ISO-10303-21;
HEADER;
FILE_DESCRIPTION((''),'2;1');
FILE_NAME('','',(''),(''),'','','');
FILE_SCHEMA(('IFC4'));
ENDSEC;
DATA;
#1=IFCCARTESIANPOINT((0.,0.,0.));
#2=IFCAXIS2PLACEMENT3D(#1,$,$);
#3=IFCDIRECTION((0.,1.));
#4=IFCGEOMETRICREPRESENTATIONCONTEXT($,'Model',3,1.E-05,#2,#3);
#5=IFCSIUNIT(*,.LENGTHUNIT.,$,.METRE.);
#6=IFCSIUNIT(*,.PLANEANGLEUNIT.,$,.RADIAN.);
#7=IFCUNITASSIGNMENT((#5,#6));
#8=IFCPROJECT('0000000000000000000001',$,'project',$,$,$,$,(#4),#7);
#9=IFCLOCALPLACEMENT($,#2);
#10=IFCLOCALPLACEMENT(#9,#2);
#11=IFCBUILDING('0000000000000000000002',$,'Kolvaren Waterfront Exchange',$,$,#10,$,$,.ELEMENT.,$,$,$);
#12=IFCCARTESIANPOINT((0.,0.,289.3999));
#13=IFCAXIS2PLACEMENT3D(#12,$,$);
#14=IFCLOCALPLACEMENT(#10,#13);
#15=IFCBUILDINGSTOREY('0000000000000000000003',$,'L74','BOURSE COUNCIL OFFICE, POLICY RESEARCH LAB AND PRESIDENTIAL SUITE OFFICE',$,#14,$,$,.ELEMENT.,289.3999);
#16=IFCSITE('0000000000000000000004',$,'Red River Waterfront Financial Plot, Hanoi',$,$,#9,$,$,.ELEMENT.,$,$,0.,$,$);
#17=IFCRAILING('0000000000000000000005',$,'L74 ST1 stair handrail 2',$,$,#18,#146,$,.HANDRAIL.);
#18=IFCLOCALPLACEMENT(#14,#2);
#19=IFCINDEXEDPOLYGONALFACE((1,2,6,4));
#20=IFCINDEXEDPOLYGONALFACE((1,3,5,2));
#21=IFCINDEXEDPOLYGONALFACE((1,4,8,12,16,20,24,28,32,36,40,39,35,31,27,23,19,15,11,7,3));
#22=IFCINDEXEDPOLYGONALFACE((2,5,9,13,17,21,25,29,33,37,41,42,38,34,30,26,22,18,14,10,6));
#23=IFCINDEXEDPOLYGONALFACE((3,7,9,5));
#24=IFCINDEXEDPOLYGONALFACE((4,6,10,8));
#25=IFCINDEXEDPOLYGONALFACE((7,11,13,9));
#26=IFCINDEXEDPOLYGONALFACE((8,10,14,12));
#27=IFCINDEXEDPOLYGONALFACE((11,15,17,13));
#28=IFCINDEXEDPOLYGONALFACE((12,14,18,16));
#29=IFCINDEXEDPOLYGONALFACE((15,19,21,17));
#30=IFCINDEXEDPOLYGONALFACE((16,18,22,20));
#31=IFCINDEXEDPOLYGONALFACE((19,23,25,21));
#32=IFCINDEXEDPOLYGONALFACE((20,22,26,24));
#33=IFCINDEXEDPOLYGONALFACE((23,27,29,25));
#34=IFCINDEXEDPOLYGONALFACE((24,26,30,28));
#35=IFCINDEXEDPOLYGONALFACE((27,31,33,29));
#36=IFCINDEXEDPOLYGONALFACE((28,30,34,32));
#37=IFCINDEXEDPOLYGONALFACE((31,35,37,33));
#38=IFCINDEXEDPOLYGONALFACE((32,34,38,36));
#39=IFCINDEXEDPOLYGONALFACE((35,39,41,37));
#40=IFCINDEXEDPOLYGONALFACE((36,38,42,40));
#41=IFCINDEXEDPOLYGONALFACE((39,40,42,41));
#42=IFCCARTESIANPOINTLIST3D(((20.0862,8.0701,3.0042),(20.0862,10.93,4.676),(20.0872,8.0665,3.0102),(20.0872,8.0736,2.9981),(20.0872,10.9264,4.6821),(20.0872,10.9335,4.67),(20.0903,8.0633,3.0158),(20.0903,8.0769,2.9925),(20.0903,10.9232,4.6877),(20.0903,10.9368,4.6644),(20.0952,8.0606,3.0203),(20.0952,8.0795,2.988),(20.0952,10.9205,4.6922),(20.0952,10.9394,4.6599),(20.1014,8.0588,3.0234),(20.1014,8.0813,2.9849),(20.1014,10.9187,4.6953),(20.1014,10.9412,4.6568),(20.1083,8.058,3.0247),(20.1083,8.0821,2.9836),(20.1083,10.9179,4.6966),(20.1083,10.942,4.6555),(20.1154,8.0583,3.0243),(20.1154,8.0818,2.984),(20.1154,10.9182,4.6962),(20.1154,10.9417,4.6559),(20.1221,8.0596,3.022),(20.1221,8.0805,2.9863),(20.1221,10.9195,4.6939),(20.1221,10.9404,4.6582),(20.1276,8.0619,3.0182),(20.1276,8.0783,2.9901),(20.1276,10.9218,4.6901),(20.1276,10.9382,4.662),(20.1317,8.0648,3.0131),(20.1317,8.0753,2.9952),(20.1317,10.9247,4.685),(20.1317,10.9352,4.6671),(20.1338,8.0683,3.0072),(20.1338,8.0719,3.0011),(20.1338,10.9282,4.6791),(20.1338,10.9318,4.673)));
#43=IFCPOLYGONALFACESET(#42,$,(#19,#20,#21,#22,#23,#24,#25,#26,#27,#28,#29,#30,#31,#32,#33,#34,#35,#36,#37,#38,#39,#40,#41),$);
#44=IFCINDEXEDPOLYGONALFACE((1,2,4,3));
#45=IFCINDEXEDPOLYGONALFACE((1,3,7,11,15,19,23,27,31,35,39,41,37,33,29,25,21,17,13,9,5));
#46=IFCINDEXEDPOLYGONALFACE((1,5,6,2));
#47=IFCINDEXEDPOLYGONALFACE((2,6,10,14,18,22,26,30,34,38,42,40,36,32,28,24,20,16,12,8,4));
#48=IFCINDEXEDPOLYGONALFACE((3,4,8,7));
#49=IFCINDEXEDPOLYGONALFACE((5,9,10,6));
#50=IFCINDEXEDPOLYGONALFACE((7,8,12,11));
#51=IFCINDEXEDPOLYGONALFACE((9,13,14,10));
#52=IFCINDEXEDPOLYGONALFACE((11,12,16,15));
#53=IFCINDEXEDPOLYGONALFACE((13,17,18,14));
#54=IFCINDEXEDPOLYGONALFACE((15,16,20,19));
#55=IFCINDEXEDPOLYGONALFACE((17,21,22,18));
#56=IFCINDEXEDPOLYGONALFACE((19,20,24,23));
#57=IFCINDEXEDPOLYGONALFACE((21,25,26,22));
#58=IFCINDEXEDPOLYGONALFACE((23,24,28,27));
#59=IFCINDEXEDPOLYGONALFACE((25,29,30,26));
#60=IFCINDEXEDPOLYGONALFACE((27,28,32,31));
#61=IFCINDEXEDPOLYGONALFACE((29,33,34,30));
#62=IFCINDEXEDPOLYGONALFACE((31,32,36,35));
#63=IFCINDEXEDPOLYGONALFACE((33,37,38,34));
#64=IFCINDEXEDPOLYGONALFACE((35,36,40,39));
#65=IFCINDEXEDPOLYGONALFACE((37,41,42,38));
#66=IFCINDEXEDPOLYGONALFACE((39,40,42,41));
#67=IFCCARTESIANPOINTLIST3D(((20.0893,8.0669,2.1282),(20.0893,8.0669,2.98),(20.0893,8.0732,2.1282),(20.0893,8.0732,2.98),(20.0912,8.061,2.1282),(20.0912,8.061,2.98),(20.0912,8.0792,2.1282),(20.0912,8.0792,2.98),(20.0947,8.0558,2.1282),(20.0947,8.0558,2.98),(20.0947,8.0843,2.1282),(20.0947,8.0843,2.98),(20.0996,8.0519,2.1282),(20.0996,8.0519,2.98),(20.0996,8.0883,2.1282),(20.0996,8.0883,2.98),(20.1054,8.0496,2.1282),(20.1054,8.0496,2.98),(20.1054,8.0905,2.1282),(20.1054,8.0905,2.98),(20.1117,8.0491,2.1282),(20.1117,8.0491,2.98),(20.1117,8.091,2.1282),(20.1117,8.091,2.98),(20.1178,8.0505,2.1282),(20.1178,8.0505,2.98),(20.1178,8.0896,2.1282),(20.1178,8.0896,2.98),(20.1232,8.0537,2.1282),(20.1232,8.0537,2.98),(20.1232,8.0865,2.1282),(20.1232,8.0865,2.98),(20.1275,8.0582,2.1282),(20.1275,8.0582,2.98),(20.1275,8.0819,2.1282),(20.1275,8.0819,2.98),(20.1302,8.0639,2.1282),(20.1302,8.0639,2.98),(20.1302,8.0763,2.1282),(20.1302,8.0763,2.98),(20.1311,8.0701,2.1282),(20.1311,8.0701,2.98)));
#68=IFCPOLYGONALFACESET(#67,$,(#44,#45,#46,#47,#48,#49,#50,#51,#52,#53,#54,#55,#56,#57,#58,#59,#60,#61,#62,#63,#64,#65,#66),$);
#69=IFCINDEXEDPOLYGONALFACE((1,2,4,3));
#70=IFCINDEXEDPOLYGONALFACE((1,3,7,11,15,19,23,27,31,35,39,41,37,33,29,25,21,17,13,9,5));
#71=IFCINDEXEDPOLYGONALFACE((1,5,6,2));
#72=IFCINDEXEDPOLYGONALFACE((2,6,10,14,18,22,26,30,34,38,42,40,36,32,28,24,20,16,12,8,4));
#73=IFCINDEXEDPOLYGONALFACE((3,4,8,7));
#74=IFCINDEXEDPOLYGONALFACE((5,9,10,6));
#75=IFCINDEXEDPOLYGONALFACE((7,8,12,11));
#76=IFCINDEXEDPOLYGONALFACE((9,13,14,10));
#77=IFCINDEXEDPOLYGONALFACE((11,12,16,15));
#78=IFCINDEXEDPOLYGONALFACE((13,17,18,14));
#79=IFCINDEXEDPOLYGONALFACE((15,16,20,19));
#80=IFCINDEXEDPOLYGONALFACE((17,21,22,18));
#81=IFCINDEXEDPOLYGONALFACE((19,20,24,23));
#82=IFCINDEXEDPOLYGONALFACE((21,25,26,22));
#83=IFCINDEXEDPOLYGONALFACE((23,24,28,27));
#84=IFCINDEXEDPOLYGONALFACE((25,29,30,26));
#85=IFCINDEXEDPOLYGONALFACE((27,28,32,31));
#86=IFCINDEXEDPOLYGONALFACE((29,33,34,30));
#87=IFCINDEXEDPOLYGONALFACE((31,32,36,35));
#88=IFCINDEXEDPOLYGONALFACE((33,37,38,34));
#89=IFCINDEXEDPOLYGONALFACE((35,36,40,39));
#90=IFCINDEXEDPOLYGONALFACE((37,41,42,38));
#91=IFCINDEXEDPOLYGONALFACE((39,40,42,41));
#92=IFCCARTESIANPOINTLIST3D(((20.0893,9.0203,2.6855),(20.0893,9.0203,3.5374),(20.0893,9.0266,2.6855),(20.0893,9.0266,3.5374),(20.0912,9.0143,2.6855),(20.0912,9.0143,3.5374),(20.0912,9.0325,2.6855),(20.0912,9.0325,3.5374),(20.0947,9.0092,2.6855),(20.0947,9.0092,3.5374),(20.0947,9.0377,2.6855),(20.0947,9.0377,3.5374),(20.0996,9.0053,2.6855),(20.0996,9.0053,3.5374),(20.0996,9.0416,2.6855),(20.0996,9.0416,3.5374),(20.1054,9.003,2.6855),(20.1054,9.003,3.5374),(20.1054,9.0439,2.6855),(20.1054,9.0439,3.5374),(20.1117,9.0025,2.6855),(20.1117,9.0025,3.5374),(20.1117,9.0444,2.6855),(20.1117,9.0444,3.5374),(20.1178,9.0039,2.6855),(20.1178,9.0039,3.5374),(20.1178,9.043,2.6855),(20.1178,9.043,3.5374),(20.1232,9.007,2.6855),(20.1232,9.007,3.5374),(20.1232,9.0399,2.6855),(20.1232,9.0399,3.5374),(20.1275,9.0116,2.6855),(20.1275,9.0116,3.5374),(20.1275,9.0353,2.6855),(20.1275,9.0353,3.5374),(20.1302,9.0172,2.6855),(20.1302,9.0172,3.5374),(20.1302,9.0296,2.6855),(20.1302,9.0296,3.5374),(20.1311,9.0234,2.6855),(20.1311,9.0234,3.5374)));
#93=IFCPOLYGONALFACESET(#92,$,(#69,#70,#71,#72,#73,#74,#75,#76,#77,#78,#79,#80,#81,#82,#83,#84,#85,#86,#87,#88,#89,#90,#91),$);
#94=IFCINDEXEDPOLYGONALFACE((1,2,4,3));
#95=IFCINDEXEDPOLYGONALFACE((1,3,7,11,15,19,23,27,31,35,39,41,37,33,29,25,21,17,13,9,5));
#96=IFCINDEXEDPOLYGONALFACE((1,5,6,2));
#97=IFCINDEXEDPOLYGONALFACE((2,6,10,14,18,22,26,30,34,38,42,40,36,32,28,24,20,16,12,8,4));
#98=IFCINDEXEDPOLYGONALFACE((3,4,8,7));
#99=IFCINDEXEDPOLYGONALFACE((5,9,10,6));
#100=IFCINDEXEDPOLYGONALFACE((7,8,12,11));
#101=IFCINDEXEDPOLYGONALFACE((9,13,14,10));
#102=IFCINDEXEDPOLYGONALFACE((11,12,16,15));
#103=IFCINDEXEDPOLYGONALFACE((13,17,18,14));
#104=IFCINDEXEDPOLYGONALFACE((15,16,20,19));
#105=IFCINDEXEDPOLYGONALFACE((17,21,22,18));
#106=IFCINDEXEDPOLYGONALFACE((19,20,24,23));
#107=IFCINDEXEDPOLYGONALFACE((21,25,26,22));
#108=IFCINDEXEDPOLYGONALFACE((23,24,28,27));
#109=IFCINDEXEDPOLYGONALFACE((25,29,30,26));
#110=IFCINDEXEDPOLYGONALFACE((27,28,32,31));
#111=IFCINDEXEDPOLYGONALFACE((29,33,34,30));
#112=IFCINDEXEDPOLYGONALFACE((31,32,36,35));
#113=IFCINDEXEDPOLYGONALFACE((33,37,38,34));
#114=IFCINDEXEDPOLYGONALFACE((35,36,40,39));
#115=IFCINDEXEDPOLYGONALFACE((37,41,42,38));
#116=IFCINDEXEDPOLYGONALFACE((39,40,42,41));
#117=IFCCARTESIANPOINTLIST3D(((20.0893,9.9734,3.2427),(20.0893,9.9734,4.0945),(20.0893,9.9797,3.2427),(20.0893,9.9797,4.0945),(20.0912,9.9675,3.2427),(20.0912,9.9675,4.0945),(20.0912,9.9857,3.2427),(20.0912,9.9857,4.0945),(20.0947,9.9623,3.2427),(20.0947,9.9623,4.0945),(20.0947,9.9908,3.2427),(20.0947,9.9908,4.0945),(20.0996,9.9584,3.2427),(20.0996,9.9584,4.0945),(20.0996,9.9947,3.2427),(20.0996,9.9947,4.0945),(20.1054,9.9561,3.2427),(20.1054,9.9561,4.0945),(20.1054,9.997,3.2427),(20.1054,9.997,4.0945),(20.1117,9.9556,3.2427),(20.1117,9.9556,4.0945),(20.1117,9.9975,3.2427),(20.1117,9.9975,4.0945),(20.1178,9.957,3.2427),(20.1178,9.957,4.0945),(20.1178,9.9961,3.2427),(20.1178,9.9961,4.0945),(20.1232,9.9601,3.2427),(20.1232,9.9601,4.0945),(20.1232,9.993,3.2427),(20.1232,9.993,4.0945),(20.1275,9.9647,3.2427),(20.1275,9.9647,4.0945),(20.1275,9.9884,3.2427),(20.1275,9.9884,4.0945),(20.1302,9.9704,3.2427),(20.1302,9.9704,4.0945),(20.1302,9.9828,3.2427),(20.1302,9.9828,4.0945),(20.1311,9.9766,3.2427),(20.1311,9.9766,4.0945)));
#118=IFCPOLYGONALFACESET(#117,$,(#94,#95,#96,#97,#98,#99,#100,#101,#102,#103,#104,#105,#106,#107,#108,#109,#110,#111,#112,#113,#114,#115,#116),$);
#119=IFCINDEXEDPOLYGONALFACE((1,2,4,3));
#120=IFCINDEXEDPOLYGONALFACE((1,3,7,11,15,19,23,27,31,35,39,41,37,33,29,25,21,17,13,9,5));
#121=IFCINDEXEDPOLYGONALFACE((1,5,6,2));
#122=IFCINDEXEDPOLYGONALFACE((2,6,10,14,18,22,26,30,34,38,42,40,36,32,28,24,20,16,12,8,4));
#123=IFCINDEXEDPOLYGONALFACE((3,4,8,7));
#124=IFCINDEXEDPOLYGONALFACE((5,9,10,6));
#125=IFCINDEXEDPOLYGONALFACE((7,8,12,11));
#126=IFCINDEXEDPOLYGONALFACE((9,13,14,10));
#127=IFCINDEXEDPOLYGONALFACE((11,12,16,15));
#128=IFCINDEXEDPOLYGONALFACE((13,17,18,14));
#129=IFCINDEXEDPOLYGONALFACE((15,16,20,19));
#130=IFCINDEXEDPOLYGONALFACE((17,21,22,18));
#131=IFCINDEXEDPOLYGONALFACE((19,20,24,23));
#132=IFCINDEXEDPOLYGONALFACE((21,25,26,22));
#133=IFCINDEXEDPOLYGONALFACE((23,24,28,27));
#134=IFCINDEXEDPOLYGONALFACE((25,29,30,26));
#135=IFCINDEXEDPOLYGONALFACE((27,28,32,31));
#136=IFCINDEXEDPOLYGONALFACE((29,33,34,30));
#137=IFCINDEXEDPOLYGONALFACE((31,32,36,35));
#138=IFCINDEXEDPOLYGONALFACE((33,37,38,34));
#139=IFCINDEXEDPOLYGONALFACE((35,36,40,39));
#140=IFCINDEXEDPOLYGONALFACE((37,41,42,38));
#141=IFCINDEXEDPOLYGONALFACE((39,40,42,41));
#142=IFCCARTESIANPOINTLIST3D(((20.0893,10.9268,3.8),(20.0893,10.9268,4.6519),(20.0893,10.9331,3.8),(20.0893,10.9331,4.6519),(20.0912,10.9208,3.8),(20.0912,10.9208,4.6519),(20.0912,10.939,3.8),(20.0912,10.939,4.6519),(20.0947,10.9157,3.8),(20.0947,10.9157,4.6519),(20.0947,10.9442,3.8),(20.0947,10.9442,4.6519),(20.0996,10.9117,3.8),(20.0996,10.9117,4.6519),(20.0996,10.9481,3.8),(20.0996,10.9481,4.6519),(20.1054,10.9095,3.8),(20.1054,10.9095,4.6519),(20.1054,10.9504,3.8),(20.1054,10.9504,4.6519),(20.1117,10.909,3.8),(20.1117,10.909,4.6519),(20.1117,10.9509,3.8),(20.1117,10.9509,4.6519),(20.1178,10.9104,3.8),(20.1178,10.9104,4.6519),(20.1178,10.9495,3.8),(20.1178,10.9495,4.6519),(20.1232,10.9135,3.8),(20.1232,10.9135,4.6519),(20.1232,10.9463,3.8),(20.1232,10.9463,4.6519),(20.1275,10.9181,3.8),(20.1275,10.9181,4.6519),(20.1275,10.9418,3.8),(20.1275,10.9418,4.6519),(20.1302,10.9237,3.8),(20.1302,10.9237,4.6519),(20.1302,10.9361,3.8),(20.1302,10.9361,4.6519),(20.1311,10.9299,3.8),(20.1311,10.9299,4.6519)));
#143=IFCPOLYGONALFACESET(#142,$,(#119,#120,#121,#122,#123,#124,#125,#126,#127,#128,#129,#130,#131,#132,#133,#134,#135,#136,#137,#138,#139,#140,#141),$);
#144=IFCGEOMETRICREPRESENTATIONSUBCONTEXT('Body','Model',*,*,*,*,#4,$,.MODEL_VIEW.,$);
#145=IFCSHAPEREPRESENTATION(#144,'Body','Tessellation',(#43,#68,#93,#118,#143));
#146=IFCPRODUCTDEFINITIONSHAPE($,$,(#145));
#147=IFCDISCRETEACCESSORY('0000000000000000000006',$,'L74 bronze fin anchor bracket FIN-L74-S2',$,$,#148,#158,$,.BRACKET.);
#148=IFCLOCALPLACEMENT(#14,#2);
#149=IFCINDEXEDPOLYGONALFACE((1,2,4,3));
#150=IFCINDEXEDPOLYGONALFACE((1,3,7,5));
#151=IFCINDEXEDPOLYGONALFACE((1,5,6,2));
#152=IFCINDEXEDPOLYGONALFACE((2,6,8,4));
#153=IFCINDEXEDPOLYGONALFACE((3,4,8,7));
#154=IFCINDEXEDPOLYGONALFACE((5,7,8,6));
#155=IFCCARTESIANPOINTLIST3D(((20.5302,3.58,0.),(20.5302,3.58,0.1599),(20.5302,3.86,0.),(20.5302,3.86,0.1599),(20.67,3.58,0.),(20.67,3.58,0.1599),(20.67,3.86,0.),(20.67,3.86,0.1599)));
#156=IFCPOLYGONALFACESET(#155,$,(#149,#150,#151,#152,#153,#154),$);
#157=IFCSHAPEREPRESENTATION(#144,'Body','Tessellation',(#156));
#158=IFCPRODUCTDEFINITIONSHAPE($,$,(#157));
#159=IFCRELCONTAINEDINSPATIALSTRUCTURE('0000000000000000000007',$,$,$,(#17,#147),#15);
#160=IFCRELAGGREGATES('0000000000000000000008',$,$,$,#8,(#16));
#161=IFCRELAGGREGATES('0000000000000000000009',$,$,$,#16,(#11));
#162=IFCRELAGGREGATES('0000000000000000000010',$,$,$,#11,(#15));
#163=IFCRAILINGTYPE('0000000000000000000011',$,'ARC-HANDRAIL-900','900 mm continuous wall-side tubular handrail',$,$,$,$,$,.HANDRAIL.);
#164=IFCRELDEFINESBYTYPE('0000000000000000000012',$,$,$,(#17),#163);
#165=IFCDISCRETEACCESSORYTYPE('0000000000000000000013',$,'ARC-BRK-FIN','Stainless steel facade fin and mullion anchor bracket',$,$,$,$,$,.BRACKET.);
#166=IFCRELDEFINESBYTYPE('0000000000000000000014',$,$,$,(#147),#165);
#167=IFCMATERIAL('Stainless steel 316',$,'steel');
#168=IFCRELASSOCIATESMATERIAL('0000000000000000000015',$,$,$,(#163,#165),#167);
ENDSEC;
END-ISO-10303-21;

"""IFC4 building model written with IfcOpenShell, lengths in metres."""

from ifc_helpers import new_model, si_unit, direction, frame, origin, origin_with_axes, origin_2d, place, context, subcontext, project, spatial, rectangle, circle, extrude, source, transform, mapped, material, type_object, element, save


model = new_model("IFC4")

# Units and contexts
model_context = context("Model", 3, precision=1e-05, world=origin(), true_north=direction((0.0, 1.0)))
body_context = subcontext(model_context, "Body", "Model", "MODEL_VIEW")
ifc_project = project(units=[si_unit("LENGTHUNIT", "METRE"), si_unit("PLANEANGLEUNIT", "RADIAN")], contexts=[model_context])

# Site, building, storey
site_placement = place(None, origin())
site = spatial("IfcSite", under=ifc_project, at=site_placement, Name="Red River Waterfront Financial Plot, Hanoi", CompositionType="ELEMENT", RefElevation=0.0)
building_placement = place(site_placement, origin())
building = spatial("IfcBuilding", under=site, at=building_placement, Name="Kolvaren Waterfront Exchange", CompositionType="ELEMENT")
storey_placement = place(building_placement, frame((0.0, 0.0, 289.3999)))
storey = spatial("IfcBuildingStorey", under=building, at=storey_placement, Name="L74", Description="BOURSE COUNCIL OFFICE, POLICY RESEARCH LAB AND PRESIDENTIAL SUITE OFFICE", CompositionType="ELEMENT", Elevation=289.3999)

# Railing
ifc_material_1 = material(Name="Stainless steel 316", Category="steel")
railing_type_1 = type_object("IfcRailingType", Name="ARC-HANDRAIL-900", Description="900 mm continuous wall-side tubular handrail", PredefinedType="HANDRAIL", material=ifc_material_1)
railing_1_placement = place(storey_placement, frame((20.1101, 8.0701, 2.1282)))
element("IfcRailing", 1, at=railing_1_placement, inside=storey, type_object=railing_type_1, Name="L74 ST1 stair handrail 2", PredefinedType="HANDRAIL", context=body_context, shape_type="SweptSolid", body=[
    extrude(circle(Radius=0.0239, at=origin_2d()), frame((0.0, 0.0, 0.876), z_axis=(0.0, 0.863303, 0.504686), x_axis=(-1.0, 0.0, 0.0)), (0.0, 0.0, 1.0), 3.3127),
    extrude(circle(Radius=0.021, at=origin_2d()), origin(), (0.0, 0.0, 1.0), 0.8518),
    extrude(circle(Radius=0.021, at=origin_2d()), frame((0.0, 0.9534, 0.5574)), (0.0, 0.0, 1.0), 0.8518),
    extrude(circle(Radius=0.021, at=origin_2d()), frame((0.0, 1.9065, 1.1145)), (0.0, 0.0, 1.0), 0.8518),
    extrude(circle(Radius=0.021, at=origin_2d()), frame((0.0, 2.8599, 1.6719)), (0.0, 0.0, 1.0), 0.8518),
])

# Discrete accessory
discrete_accessory_type = type_object("IfcDiscreteAccessoryType", Name="ARC-BRK-FIN", Description="Stainless steel facade fin and mullion anchor bracket", PredefinedType="BRACKET", material=ifc_material_1)
shared_shape_1 = source(origin_with_axes(), body_context, "Body", "SweptSolid", [
    extrude(rectangle(XDim=0.28, YDim=0.1399, at=origin_2d()), origin(), (0.0, 0.0, 1.0), 0.1599),
])
discrete_accessory_placement = place(storey_placement, frame((20.6001, 3.72, 0.0), z_axis=(0.0, 0.0, 1.0), x_axis=(0.0, -1.0, 0.0)))
element("IfcDiscreteAccessory", 2, at=discrete_accessory_placement, inside=storey, type_object=discrete_accessory_type, Name="L74 bronze fin anchor bracket FIN-L74-S2", PredefinedType="BRACKET", context=body_context, shape_type="MappedRepresentation", body=[
    mapped(shared_shape_1, transform((0.0, 0.0, 0.0), x_axis=(1.0, 0.0, 0.0), y_axis=(0.0, 1.0, 0.0), z_axis=(0.0, 0.0, 1.0), scale=1.0)),
])

save(model, "model.ifc")
